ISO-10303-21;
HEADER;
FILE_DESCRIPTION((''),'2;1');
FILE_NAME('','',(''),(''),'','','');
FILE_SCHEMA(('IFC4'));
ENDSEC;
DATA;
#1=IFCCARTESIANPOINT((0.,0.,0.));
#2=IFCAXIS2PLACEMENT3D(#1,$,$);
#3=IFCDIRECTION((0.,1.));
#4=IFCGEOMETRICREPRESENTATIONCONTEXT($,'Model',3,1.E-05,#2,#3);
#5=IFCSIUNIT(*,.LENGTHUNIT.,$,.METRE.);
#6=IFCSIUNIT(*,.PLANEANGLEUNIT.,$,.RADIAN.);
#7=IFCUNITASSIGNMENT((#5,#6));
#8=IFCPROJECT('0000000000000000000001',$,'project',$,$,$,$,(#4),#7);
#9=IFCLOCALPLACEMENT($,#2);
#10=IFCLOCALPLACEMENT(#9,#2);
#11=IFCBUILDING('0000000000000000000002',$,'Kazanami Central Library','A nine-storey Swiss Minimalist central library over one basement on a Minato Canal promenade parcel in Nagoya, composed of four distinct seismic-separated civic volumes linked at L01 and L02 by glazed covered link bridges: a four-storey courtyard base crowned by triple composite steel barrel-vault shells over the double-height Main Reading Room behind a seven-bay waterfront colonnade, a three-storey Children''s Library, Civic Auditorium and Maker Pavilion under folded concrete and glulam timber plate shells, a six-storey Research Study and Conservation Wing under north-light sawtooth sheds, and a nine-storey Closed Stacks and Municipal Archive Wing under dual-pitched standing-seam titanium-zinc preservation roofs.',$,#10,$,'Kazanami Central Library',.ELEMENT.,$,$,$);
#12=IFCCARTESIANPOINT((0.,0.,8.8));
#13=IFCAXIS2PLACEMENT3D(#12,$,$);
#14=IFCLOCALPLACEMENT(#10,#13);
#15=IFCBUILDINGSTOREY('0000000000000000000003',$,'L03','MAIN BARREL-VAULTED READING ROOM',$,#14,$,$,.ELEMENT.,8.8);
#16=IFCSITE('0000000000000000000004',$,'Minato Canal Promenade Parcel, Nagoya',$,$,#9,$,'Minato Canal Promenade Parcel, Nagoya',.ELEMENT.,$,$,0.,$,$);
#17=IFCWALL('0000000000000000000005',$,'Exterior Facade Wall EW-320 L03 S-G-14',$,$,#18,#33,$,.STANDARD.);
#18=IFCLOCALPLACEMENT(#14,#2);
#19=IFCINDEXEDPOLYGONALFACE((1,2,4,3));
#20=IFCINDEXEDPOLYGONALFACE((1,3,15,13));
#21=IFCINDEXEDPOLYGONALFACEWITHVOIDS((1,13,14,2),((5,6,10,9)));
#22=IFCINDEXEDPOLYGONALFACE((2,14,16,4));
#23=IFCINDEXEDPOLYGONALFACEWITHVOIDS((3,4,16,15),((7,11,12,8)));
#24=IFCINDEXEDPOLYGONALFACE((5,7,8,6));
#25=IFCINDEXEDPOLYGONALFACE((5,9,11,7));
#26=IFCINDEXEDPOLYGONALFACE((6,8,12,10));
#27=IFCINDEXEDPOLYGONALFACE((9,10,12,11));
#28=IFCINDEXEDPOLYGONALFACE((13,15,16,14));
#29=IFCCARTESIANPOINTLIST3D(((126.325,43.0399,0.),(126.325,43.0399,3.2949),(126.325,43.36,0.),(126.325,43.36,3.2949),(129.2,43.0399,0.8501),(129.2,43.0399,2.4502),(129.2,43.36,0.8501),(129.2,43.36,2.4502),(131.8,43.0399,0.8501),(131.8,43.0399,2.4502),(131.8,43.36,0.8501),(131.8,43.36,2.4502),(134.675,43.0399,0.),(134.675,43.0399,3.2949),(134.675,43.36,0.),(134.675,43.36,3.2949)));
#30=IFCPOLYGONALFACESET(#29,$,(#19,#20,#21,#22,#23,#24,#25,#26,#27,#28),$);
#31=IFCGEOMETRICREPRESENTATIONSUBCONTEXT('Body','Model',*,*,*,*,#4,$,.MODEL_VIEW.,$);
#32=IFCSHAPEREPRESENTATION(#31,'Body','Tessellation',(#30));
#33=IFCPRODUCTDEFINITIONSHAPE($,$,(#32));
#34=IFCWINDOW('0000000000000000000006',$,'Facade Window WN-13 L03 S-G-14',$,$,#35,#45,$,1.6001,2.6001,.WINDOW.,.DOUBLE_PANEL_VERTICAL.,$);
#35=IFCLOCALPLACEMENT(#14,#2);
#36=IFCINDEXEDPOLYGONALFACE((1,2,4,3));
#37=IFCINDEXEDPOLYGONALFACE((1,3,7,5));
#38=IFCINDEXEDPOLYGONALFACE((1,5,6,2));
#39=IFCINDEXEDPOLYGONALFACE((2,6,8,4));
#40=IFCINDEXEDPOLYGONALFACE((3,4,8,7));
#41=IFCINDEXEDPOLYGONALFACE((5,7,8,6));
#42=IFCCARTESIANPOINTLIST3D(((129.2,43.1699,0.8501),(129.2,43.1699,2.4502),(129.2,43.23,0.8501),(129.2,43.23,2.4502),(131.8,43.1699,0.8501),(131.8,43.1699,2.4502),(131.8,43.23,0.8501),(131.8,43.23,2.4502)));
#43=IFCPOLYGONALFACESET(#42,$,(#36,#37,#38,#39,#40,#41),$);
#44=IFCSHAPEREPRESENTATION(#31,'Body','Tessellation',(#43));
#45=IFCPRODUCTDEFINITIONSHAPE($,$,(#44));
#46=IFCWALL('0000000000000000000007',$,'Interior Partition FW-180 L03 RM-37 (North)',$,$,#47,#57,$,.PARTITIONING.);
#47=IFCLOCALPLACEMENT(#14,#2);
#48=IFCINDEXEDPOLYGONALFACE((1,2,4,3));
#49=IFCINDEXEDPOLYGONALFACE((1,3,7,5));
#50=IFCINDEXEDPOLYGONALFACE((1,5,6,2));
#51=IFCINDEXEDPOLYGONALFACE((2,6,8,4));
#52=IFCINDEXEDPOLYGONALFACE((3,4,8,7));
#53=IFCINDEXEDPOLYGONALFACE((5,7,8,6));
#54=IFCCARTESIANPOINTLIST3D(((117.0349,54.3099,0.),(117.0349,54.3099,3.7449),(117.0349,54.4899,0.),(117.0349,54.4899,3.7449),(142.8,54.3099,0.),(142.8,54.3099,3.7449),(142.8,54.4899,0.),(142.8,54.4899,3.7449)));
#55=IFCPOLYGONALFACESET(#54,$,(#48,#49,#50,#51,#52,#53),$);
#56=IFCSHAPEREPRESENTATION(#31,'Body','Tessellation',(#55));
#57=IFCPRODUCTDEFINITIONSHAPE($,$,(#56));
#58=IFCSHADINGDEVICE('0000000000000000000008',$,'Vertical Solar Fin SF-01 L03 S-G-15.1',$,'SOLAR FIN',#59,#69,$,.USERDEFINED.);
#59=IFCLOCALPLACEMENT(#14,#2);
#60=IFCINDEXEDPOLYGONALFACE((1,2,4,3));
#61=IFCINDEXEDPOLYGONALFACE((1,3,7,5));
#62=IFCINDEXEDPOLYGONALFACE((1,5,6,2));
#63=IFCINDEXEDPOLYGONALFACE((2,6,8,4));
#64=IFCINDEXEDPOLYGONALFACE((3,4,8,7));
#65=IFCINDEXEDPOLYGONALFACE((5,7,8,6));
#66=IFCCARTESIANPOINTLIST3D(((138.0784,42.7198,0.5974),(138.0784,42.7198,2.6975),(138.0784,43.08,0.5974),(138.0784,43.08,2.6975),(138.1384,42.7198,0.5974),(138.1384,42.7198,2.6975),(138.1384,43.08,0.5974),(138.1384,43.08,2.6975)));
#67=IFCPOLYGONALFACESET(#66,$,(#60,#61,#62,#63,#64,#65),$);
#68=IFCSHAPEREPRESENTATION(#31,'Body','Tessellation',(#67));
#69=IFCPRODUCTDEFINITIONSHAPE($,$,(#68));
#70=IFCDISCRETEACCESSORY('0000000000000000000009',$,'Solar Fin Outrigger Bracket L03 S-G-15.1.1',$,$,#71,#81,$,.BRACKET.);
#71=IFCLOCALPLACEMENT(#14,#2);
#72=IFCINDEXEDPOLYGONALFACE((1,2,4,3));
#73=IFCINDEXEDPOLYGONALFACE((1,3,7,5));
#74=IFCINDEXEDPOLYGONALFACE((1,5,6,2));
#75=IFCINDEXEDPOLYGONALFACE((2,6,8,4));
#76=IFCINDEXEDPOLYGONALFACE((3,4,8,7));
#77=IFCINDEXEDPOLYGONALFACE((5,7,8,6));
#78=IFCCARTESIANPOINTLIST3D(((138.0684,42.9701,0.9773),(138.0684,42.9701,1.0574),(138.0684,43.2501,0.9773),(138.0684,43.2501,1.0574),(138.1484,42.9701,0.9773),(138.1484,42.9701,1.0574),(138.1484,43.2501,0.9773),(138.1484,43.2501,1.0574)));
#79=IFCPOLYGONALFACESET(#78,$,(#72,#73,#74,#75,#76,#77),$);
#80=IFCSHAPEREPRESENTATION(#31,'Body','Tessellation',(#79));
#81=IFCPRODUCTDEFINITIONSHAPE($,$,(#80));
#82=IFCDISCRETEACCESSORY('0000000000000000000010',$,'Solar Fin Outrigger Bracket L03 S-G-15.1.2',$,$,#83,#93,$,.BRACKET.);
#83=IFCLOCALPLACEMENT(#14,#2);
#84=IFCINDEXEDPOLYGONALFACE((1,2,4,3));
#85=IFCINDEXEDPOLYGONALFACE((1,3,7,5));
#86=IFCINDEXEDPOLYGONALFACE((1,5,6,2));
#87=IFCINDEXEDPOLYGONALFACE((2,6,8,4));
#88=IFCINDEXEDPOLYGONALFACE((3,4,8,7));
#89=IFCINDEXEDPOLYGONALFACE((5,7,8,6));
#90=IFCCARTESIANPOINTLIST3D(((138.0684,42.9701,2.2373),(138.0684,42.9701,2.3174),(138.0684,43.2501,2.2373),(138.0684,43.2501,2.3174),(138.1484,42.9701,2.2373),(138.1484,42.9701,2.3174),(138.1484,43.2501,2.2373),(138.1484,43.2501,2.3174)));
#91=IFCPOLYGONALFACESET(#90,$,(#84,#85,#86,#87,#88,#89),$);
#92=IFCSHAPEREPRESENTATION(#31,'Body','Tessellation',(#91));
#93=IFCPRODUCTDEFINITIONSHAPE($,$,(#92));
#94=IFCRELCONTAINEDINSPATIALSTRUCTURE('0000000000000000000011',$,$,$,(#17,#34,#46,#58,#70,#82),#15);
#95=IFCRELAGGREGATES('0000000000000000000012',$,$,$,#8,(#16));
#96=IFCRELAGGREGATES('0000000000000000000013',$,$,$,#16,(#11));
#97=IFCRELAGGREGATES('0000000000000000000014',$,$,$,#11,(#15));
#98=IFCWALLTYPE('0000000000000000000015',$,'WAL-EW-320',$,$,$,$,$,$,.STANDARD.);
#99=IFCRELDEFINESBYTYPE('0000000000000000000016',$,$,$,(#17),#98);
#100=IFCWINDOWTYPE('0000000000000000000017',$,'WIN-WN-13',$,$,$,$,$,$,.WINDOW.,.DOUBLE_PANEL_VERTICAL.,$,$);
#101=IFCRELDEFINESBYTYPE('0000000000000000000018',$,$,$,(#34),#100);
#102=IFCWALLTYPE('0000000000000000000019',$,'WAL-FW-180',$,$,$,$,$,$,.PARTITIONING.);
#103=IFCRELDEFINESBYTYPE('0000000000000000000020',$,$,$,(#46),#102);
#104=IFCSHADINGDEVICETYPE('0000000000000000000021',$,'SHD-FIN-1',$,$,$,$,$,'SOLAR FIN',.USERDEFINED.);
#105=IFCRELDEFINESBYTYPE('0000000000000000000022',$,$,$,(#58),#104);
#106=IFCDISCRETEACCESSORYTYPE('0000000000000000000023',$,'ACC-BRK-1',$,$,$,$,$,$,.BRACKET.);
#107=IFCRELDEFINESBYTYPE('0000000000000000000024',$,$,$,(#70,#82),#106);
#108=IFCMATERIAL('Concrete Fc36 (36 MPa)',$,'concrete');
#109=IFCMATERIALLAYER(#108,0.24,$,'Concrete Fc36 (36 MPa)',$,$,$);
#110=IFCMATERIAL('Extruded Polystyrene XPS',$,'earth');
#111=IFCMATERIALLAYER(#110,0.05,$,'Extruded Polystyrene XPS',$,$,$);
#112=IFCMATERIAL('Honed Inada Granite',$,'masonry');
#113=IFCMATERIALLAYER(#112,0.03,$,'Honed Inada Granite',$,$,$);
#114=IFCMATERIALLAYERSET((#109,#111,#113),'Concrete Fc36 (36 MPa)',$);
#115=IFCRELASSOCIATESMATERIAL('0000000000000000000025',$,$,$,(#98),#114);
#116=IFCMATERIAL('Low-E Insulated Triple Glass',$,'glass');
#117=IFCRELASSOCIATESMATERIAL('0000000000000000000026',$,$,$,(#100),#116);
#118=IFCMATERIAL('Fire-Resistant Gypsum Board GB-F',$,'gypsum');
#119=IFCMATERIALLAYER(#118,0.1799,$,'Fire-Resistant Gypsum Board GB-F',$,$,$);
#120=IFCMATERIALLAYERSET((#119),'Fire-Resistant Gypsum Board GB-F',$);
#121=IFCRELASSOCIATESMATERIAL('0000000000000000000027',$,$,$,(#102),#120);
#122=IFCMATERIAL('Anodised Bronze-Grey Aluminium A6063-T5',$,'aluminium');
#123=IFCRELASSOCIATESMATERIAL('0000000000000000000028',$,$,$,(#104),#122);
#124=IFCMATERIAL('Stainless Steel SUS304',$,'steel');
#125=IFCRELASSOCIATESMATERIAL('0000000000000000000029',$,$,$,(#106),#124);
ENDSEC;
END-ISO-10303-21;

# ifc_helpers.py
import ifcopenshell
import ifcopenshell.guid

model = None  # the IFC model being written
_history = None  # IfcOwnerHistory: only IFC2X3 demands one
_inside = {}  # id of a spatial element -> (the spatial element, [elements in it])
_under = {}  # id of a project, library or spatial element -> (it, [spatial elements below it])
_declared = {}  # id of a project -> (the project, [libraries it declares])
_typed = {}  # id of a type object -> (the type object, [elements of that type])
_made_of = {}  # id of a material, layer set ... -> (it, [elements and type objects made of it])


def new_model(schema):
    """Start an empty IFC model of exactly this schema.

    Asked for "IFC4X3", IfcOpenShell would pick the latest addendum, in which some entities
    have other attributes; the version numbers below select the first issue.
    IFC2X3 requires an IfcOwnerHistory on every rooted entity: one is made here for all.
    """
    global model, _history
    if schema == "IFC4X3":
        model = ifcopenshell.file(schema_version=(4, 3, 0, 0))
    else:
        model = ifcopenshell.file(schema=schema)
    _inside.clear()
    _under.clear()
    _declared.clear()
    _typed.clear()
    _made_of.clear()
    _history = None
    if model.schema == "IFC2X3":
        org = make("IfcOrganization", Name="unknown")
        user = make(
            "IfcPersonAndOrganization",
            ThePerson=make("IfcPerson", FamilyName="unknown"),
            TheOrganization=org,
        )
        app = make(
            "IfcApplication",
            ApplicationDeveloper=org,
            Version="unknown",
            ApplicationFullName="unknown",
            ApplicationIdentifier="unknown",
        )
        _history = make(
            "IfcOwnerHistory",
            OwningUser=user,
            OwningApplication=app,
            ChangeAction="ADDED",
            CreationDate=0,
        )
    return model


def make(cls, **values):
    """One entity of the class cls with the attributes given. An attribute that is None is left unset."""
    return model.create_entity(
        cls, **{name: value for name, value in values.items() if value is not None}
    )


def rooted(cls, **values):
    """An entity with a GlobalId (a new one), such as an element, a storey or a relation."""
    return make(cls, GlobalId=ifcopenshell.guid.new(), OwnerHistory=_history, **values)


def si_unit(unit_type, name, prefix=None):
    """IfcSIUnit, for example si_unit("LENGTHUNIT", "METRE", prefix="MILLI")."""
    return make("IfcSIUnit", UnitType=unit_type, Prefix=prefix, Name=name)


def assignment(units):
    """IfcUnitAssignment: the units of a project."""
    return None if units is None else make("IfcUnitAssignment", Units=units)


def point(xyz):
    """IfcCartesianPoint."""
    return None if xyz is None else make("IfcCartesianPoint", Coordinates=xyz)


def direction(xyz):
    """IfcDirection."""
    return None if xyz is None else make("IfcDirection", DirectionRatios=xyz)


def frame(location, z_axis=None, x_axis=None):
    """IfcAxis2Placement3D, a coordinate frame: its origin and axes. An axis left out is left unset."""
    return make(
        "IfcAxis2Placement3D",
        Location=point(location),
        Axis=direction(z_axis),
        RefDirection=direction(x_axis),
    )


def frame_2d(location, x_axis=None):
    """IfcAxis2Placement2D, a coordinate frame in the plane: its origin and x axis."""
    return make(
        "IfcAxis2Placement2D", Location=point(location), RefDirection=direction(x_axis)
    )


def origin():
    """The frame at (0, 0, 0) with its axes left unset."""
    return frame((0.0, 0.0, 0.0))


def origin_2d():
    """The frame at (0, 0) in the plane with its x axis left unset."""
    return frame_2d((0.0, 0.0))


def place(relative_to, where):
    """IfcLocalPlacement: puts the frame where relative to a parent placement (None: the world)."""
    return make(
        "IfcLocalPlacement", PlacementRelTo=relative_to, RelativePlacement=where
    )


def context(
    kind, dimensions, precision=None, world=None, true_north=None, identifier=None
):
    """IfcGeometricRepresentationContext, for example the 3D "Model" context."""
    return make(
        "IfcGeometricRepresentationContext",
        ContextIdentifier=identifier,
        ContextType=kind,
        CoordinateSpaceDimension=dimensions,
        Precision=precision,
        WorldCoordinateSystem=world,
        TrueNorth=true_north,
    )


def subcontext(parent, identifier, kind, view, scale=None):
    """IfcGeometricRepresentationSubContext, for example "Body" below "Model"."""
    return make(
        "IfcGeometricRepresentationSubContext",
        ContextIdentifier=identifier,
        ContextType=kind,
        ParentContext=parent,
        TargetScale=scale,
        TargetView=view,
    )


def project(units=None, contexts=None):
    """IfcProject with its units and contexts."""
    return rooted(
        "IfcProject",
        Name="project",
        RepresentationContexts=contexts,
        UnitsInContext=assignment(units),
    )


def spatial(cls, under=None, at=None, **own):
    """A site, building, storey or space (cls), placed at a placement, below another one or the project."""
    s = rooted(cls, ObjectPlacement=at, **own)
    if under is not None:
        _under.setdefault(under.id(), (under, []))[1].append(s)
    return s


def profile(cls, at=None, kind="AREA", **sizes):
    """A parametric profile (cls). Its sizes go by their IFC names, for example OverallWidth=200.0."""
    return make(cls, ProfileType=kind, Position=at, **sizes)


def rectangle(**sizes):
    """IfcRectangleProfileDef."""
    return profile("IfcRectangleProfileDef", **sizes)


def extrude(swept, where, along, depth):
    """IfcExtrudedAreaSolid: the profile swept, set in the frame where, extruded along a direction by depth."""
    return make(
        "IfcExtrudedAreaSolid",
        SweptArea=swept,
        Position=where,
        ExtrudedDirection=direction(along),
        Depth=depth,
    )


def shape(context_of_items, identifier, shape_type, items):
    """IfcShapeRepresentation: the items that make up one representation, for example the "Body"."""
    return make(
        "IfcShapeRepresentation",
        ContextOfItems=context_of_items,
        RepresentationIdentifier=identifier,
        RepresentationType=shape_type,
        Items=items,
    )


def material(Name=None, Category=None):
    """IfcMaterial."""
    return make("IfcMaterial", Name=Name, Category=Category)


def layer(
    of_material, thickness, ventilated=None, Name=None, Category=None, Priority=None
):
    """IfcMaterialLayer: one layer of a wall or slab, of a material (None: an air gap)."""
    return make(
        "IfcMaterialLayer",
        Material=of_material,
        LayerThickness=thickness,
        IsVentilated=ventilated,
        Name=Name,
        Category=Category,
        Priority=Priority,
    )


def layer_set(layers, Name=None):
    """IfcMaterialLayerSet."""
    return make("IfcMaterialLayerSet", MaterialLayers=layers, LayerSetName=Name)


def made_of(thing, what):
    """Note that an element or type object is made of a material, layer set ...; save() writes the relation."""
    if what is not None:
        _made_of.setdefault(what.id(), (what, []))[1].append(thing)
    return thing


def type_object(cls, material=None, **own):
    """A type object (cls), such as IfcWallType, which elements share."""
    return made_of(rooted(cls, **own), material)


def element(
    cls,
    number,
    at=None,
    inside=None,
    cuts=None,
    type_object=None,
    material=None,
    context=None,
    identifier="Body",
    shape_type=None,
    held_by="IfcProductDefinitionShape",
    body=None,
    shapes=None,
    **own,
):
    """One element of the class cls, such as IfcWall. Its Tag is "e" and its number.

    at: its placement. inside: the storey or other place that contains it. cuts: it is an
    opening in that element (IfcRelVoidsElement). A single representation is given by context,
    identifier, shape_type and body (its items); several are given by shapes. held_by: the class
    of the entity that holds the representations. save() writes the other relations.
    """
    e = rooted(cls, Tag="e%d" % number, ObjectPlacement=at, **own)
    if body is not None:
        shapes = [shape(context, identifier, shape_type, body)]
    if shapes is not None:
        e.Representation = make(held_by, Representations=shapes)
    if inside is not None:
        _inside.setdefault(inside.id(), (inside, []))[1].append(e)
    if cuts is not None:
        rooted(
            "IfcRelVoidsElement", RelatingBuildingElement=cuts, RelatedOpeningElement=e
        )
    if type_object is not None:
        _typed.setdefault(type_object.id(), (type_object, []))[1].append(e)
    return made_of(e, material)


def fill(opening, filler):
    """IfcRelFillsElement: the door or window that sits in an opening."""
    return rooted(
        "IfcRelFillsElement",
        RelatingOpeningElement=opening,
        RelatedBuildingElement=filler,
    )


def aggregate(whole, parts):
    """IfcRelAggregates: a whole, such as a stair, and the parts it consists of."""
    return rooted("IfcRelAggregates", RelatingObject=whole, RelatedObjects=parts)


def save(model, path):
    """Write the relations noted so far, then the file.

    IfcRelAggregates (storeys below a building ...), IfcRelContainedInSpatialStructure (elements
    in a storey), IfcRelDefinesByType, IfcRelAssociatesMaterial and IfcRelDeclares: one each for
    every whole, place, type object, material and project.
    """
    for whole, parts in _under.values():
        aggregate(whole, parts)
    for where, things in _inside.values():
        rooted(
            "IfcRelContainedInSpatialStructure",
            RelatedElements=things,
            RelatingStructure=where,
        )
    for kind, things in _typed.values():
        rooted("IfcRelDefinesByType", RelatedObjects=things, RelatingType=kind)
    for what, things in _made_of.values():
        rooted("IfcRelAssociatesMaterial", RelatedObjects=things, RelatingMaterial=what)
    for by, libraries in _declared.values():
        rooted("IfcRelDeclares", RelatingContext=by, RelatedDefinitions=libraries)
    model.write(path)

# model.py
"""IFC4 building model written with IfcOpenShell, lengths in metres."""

from ifc_helpers import new_model, si_unit, direction, frame, frame_2d, origin, origin_2d, place, context, subcontext, project, spatial, rectangle, extrude, material, layer, layer_set, type_object, element, fill, save


model = new_model("IFC4")

# Units and contexts
model_context = context("Model", 3, precision=1e-05, world=origin(), true_north=direction((0.0, 1.0)))
body_context = subcontext(model_context, "Body", "Model", "MODEL_VIEW")
ifc_project = project(units=[si_unit("LENGTHUNIT", "METRE"), si_unit("PLANEANGLEUNIT", "RADIAN")], contexts=[model_context])

# Site, building, storey
site_placement = place(None, origin())
site = spatial("IfcSite", under=ifc_project, at=site_placement, Name="Minato Canal Promenade Parcel, Nagoya", LongName="Minato Canal Promenade Parcel, Nagoya", CompositionType="ELEMENT", RefElevation=0.0)
building_placement = place(site_placement, origin())
building = spatial("IfcBuilding", under=site, at=building_placement, Name="Kazanami Central Library", Description="A nine-storey Swiss Minimalist central library over one basement on a Minato Canal promenade parcel in Nagoya, composed of four distinct seismic-separated civic volumes linked at L01 and L02 by glazed covered link bridges: a four-storey courtyard base crowned by triple composite steel barrel-vault shells over the double-height Main Reading Room behind a seven-bay waterfront colonnade, a three-storey Children's Library, Civic Auditorium and Maker Pavilion under folded concrete and glulam timber plate shells, a six-storey Research Study and Conservation Wing under north-light sawtooth sheds, and a nine-storey Closed Stacks and Municipal Archive Wing under dual-pitched standing-seam titanium-zinc preservation roofs.", LongName="Kazanami Central Library", CompositionType="ELEMENT")
storey_placement = place(building_placement, frame((0.0, 0.0, 8.8)))
storey = spatial("IfcBuildingStorey", under=building, at=storey_placement, Name="L03", Description="MAIN BARREL-VAULTED READING ROOM", CompositionType="ELEMENT", Elevation=8.8)

# Wall, opening, window
ifc_material_1 = material(Name="Concrete Fc36 (36 MPa)", Category="concrete")
ifc_layer_1 = layer(ifc_material_1, 0.24, Name="Concrete Fc36 (36 MPa)")
ifc_material_2 = material(Name="Extruded Polystyrene XPS", Category="earth")
ifc_layer_2 = layer(ifc_material_2, 0.05, Name="Extruded Polystyrene XPS")
ifc_material_3 = material(Name="Honed Inada Granite", Category="masonry")
ifc_layer_3 = layer(ifc_material_3, 0.03, Name="Honed Inada Granite")
ifc_layer_set_1 = layer_set([ifc_layer_1, ifc_layer_2, ifc_layer_3], Name="Concrete Fc36 (36 MPa)")
wall_type_1 = type_object("IfcWallType", Name="WAL-EW-320", PredefinedType="STANDARD", material=ifc_layer_set_1)
ifc_material_4 = material(Name="Low-E Insulated Triple Glass", Category="glass")
window_type = type_object("IfcWindowType", Name="WIN-WN-13", PartitioningType="DOUBLE_PANEL_VERTICAL", PredefinedType="WINDOW", material=ifc_material_4)
wall_1_placement = place(storey_placement, frame((126.325, 43.2, 0.0), z_axis=(0.0, 0.0, 1.0), x_axis=(1.0, 0.0, 0.0)))
wall_1 = element("IfcWall", 1, at=wall_1_placement, inside=storey, type_object=wall_type_1, Name="Exterior Facade Wall EW-320 L03 S-G-14", PredefinedType="STANDARD", context=body_context, shape_type="SweptSolid", body=[
    extrude(rectangle(XDim=8.3501, YDim=0.3201, at=frame_2d((4.175, 0.0))), origin(), (0.0, 0.0, 1.0), 3.2949),
])
opening_1_placement = place(wall_1_placement, frame((2.875, 0.0, 0.8501)))
opening_1 = element("IfcOpeningElement", 2, at=opening_1_placement, cuts=wall_1, PredefinedType="OPENING", context=body_context, shape_type="SweptSolid", body=[
    extrude(rectangle(XDim=2.6001, YDim=1.6001, at=frame_2d((1.3, 0.8))), frame((0.0, 0.1719, 0.0), z_axis=(0.0, -1.0, 0.0), x_axis=(1.0, 0.0, 0.0)), (0.0, 0.0, 1.0), 0.344),
])
window_1_placement = place(opening_1_placement, origin())
window_1 = element("IfcWindow", 3, at=window_1_placement, inside=storey, type_object=window_type, Name="Facade Window WN-13 L03 S-G-14", OverallHeight=1.6001, OverallWidth=2.6001, PartitioningType="DOUBLE_PANEL_VERTICAL", PredefinedType="WINDOW", context=body_context, shape_type="SweptSolid", body=[
    extrude(rectangle(XDim=2.6001, YDim=1.6001, at=frame_2d((1.3, 0.8))), frame((0.0, 0.03, 0.0), z_axis=(0.0, -1.0, 0.0), x_axis=(1.0, 0.0, 0.0)), (0.0, 0.0, 1.0), 0.0601),
])
fill(opening_1, window_1)

# Wall
ifc_material_5 = material(Name="Fire-Resistant Gypsum Board GB-F", Category="gypsum")
ifc_layer_4 = layer(ifc_material_5, 0.1799, Name="Fire-Resistant Gypsum Board GB-F")
ifc_layer_set_2 = layer_set([ifc_layer_4], Name="Fire-Resistant Gypsum Board GB-F")
wall_type_2 = type_object("IfcWallType", Name="WAL-FW-180", PredefinedType="PARTITIONING", material=ifc_layer_set_2)
wall_2_placement = place(storey_placement, frame((117.0349, 54.3999, 0.0), z_axis=(0.0, 0.0, 1.0), x_axis=(1.0, 0.0, 0.0)))
element("IfcWall", 4, at=wall_2_placement, inside=storey, type_object=wall_type_2, Name="Interior Partition FW-180 L03 RM-37 (North)", PredefinedType="PARTITIONING", context=body_context, shape_type="SweptSolid", body=[
    extrude(rectangle(XDim=25.7651, YDim=0.1799, at=frame_2d((12.8826, 0.0))), origin(), (0.0, 0.0, 1.0), 3.7449),
])

# Shading device
ifc_material_6 = material(Name="Anodised Bronze-Grey Aluminium A6063-T5", Category="aluminium")
shading_device_type = type_object("IfcShadingDeviceType", Name="SHD-FIN-1", ElementType="SOLAR FIN", PredefinedType="USERDEFINED", material=ifc_material_6)
shading_device_placement = place(storey_placement, frame((138.1084, 42.8999, 0.5974), z_axis=(0.0, 0.0, 1.0), x_axis=(1.0, 0.0, 0.0)))
element("IfcShadingDevice", 5, at=shading_device_placement, inside=storey, type_object=shading_device_type, Name="Vertical Solar Fin SF-01 L03 S-G-15.1", ObjectType="SOLAR FIN", PredefinedType="USERDEFINED", context=body_context, shape_type="SweptSolid", body=[
    extrude(rectangle(XDim=0.0601, YDim=0.3601, at=origin_2d()), origin(), (0.0, 0.0, 1.0), 2.1001),
])

# Discrete accessories
ifc_material_7 = material(Name="Stainless Steel SUS304", Category="steel")
discrete_accessory_type = type_object("IfcDiscreteAccessoryType", Name="ACC-BRK-1", PredefinedType="BRACKET", material=ifc_material_7)
for number, where, z_axis, x_axis, name in (
    (6, (138.1084, 43.1101, 0.9773), (0.0, 0.0, 1.0), (1.0, 0.0, 0.0), "Solar Fin Outrigger Bracket L03 S-G-15.1.1"),
    (7, (138.1084, 43.1101, 2.2373), (0.0, 0.0, 1.0), (1.0, 0.0, 0.0), "Solar Fin Outrigger Bracket L03 S-G-15.1.2"),
):
    element("IfcDiscreteAccessory", number, at=place(storey_placement, frame(where, z_axis=z_axis, x_axis=x_axis)), inside=storey, type_object=discrete_accessory_type, Name=name, PredefinedType="BRACKET", context=body_context, shape_type="SweptSolid", body=[
        extrude(rectangle(XDim=0.0801, YDim=0.28, at=origin_2d()), origin(), (0.0, 0.0, 1.0), 0.0801),
    ])

save(model, "model.ifc")
